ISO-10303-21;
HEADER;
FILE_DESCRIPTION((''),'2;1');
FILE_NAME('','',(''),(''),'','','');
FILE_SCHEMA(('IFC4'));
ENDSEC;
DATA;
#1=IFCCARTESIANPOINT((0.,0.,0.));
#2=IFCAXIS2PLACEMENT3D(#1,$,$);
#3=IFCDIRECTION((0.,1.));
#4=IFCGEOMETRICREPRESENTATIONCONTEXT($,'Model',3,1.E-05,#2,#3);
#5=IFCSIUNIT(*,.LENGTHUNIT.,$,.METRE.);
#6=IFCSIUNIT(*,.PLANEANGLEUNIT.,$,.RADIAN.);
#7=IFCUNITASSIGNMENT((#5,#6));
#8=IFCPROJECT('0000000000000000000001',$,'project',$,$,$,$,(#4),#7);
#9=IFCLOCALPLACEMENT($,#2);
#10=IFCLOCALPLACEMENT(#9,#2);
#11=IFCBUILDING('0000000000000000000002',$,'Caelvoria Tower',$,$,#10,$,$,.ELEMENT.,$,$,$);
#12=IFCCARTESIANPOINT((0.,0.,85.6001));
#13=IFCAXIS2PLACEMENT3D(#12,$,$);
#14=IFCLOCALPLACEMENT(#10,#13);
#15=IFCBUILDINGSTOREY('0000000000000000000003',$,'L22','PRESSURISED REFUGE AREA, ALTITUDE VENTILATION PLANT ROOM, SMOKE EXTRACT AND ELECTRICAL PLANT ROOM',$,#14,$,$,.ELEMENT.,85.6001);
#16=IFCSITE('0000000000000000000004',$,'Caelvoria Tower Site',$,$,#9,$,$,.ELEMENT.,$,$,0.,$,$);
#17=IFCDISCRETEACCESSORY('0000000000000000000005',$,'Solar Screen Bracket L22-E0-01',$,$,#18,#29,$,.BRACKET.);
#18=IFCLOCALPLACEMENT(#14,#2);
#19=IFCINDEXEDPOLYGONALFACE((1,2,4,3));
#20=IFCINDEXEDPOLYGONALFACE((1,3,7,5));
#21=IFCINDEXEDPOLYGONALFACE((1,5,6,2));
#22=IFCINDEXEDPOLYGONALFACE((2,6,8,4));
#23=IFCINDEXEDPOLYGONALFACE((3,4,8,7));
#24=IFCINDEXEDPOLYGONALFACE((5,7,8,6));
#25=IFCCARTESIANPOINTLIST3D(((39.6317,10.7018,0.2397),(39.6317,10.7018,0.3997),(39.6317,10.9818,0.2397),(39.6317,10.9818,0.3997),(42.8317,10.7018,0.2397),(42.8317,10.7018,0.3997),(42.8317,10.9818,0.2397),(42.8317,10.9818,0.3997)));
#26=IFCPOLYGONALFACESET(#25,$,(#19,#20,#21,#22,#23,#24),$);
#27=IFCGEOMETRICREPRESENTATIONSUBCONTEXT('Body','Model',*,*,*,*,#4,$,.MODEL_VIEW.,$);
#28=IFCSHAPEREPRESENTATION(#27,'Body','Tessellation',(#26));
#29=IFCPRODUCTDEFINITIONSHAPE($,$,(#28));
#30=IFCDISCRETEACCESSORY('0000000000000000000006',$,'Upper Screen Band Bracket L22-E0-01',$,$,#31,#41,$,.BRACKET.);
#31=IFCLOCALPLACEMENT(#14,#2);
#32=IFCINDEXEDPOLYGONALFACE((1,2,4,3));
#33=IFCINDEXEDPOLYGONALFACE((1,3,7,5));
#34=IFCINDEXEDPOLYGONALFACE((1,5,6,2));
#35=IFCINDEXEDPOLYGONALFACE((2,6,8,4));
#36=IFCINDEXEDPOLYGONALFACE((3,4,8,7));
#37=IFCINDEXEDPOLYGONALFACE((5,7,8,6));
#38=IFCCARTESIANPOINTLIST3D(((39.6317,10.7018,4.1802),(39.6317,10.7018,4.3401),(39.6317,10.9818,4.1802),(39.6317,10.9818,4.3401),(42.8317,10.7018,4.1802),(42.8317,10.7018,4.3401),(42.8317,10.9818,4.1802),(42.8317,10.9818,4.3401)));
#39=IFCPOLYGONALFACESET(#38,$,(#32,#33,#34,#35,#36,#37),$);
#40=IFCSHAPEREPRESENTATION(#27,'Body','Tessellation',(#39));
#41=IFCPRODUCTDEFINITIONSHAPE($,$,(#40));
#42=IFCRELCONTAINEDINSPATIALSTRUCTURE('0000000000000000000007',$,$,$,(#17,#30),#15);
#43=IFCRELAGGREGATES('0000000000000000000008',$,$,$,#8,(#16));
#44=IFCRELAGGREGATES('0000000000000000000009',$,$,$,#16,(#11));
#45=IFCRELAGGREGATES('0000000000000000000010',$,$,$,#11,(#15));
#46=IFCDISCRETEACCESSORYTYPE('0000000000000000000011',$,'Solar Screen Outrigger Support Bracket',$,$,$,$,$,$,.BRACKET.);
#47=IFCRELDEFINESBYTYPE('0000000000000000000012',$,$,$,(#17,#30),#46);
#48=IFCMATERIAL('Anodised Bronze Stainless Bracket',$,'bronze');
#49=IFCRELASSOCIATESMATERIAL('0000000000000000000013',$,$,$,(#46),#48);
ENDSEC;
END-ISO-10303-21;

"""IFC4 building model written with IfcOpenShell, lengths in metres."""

from ifc_helpers import new_model, si_unit, direction, frame, origin, origin_2d, place, context, subcontext, project, spatial, rectangle, extrude, material, type_object, element, save


model = new_model("IFC4")

# Units and contexts
model_context = context("Model", 3, precision=1e-05, world=origin(), true_north=direction((0.0, 1.0)))
body_context = subcontext(model_context, "Body", "Model", "MODEL_VIEW")
ifc_project = project(units=[si_unit("LENGTHUNIT", "METRE"), si_unit("PLANEANGLEUNIT", "RADIAN")], contexts=[model_context])

# Site, building, storey
site_placement = place(None, origin())
site = spatial("IfcSite", under=ifc_project, at=site_placement, Name="Caelvoria Tower Site", CompositionType="ELEMENT", RefElevation=0.0)
building_placement = place(site_placement, origin())
building = spatial("IfcBuilding", under=site, at=building_placement, Name="Caelvoria Tower", CompositionType="ELEMENT")
storey_placement = place(building_placement, frame((0.0, 0.0, 85.6001)))
storey = spatial("IfcBuildingStorey", under=building, at=storey_placement, Name="L22", Description="PRESSURISED REFUGE AREA, ALTITUDE VENTILATION PLANT ROOM, SMOKE EXTRACT AND ELECTRICAL PLANT ROOM", CompositionType="ELEMENT", Elevation=85.6001)

# Discrete accessories
ifc_material_1 = material(Name="Anodised Bronze Stainless Bracket", Category="bronze")
discrete_accessory_type = type_object("IfcDiscreteAccessoryType", Name="Solar Screen Outrigger Support Bracket", PredefinedType="BRACKET", material=ifc_material_1)
for number, where, z_axis, x_axis, name in (
    (1, (41.2317, 10.8418, 0.2397), (0.0, 0.0, 1.0), (1.0, 0.0, 0.0), "Solar Screen Bracket L22-E0-01"),
    (2, (41.2317, 10.8418, 4.1802), (0.0, 0.0, 1.0), (1.0, 0.0, 0.0), "Upper Screen Band Bracket L22-E0-01"),
):
    element("IfcDiscreteAccessory", number, at=place(storey_placement, frame(where, z_axis=z_axis, x_axis=x_axis)), inside=storey, type_object=discrete_accessory_type, Name=name, PredefinedType="BRACKET", context=body_context, shape_type="SweptSolid", body=[
        extrude(rectangle(XDim=3.2, YDim=0.28, at=origin_2d()), origin(), (0.0, 0.0, 1.0), 0.1599),
    ])

save(model, "model.ifc")
